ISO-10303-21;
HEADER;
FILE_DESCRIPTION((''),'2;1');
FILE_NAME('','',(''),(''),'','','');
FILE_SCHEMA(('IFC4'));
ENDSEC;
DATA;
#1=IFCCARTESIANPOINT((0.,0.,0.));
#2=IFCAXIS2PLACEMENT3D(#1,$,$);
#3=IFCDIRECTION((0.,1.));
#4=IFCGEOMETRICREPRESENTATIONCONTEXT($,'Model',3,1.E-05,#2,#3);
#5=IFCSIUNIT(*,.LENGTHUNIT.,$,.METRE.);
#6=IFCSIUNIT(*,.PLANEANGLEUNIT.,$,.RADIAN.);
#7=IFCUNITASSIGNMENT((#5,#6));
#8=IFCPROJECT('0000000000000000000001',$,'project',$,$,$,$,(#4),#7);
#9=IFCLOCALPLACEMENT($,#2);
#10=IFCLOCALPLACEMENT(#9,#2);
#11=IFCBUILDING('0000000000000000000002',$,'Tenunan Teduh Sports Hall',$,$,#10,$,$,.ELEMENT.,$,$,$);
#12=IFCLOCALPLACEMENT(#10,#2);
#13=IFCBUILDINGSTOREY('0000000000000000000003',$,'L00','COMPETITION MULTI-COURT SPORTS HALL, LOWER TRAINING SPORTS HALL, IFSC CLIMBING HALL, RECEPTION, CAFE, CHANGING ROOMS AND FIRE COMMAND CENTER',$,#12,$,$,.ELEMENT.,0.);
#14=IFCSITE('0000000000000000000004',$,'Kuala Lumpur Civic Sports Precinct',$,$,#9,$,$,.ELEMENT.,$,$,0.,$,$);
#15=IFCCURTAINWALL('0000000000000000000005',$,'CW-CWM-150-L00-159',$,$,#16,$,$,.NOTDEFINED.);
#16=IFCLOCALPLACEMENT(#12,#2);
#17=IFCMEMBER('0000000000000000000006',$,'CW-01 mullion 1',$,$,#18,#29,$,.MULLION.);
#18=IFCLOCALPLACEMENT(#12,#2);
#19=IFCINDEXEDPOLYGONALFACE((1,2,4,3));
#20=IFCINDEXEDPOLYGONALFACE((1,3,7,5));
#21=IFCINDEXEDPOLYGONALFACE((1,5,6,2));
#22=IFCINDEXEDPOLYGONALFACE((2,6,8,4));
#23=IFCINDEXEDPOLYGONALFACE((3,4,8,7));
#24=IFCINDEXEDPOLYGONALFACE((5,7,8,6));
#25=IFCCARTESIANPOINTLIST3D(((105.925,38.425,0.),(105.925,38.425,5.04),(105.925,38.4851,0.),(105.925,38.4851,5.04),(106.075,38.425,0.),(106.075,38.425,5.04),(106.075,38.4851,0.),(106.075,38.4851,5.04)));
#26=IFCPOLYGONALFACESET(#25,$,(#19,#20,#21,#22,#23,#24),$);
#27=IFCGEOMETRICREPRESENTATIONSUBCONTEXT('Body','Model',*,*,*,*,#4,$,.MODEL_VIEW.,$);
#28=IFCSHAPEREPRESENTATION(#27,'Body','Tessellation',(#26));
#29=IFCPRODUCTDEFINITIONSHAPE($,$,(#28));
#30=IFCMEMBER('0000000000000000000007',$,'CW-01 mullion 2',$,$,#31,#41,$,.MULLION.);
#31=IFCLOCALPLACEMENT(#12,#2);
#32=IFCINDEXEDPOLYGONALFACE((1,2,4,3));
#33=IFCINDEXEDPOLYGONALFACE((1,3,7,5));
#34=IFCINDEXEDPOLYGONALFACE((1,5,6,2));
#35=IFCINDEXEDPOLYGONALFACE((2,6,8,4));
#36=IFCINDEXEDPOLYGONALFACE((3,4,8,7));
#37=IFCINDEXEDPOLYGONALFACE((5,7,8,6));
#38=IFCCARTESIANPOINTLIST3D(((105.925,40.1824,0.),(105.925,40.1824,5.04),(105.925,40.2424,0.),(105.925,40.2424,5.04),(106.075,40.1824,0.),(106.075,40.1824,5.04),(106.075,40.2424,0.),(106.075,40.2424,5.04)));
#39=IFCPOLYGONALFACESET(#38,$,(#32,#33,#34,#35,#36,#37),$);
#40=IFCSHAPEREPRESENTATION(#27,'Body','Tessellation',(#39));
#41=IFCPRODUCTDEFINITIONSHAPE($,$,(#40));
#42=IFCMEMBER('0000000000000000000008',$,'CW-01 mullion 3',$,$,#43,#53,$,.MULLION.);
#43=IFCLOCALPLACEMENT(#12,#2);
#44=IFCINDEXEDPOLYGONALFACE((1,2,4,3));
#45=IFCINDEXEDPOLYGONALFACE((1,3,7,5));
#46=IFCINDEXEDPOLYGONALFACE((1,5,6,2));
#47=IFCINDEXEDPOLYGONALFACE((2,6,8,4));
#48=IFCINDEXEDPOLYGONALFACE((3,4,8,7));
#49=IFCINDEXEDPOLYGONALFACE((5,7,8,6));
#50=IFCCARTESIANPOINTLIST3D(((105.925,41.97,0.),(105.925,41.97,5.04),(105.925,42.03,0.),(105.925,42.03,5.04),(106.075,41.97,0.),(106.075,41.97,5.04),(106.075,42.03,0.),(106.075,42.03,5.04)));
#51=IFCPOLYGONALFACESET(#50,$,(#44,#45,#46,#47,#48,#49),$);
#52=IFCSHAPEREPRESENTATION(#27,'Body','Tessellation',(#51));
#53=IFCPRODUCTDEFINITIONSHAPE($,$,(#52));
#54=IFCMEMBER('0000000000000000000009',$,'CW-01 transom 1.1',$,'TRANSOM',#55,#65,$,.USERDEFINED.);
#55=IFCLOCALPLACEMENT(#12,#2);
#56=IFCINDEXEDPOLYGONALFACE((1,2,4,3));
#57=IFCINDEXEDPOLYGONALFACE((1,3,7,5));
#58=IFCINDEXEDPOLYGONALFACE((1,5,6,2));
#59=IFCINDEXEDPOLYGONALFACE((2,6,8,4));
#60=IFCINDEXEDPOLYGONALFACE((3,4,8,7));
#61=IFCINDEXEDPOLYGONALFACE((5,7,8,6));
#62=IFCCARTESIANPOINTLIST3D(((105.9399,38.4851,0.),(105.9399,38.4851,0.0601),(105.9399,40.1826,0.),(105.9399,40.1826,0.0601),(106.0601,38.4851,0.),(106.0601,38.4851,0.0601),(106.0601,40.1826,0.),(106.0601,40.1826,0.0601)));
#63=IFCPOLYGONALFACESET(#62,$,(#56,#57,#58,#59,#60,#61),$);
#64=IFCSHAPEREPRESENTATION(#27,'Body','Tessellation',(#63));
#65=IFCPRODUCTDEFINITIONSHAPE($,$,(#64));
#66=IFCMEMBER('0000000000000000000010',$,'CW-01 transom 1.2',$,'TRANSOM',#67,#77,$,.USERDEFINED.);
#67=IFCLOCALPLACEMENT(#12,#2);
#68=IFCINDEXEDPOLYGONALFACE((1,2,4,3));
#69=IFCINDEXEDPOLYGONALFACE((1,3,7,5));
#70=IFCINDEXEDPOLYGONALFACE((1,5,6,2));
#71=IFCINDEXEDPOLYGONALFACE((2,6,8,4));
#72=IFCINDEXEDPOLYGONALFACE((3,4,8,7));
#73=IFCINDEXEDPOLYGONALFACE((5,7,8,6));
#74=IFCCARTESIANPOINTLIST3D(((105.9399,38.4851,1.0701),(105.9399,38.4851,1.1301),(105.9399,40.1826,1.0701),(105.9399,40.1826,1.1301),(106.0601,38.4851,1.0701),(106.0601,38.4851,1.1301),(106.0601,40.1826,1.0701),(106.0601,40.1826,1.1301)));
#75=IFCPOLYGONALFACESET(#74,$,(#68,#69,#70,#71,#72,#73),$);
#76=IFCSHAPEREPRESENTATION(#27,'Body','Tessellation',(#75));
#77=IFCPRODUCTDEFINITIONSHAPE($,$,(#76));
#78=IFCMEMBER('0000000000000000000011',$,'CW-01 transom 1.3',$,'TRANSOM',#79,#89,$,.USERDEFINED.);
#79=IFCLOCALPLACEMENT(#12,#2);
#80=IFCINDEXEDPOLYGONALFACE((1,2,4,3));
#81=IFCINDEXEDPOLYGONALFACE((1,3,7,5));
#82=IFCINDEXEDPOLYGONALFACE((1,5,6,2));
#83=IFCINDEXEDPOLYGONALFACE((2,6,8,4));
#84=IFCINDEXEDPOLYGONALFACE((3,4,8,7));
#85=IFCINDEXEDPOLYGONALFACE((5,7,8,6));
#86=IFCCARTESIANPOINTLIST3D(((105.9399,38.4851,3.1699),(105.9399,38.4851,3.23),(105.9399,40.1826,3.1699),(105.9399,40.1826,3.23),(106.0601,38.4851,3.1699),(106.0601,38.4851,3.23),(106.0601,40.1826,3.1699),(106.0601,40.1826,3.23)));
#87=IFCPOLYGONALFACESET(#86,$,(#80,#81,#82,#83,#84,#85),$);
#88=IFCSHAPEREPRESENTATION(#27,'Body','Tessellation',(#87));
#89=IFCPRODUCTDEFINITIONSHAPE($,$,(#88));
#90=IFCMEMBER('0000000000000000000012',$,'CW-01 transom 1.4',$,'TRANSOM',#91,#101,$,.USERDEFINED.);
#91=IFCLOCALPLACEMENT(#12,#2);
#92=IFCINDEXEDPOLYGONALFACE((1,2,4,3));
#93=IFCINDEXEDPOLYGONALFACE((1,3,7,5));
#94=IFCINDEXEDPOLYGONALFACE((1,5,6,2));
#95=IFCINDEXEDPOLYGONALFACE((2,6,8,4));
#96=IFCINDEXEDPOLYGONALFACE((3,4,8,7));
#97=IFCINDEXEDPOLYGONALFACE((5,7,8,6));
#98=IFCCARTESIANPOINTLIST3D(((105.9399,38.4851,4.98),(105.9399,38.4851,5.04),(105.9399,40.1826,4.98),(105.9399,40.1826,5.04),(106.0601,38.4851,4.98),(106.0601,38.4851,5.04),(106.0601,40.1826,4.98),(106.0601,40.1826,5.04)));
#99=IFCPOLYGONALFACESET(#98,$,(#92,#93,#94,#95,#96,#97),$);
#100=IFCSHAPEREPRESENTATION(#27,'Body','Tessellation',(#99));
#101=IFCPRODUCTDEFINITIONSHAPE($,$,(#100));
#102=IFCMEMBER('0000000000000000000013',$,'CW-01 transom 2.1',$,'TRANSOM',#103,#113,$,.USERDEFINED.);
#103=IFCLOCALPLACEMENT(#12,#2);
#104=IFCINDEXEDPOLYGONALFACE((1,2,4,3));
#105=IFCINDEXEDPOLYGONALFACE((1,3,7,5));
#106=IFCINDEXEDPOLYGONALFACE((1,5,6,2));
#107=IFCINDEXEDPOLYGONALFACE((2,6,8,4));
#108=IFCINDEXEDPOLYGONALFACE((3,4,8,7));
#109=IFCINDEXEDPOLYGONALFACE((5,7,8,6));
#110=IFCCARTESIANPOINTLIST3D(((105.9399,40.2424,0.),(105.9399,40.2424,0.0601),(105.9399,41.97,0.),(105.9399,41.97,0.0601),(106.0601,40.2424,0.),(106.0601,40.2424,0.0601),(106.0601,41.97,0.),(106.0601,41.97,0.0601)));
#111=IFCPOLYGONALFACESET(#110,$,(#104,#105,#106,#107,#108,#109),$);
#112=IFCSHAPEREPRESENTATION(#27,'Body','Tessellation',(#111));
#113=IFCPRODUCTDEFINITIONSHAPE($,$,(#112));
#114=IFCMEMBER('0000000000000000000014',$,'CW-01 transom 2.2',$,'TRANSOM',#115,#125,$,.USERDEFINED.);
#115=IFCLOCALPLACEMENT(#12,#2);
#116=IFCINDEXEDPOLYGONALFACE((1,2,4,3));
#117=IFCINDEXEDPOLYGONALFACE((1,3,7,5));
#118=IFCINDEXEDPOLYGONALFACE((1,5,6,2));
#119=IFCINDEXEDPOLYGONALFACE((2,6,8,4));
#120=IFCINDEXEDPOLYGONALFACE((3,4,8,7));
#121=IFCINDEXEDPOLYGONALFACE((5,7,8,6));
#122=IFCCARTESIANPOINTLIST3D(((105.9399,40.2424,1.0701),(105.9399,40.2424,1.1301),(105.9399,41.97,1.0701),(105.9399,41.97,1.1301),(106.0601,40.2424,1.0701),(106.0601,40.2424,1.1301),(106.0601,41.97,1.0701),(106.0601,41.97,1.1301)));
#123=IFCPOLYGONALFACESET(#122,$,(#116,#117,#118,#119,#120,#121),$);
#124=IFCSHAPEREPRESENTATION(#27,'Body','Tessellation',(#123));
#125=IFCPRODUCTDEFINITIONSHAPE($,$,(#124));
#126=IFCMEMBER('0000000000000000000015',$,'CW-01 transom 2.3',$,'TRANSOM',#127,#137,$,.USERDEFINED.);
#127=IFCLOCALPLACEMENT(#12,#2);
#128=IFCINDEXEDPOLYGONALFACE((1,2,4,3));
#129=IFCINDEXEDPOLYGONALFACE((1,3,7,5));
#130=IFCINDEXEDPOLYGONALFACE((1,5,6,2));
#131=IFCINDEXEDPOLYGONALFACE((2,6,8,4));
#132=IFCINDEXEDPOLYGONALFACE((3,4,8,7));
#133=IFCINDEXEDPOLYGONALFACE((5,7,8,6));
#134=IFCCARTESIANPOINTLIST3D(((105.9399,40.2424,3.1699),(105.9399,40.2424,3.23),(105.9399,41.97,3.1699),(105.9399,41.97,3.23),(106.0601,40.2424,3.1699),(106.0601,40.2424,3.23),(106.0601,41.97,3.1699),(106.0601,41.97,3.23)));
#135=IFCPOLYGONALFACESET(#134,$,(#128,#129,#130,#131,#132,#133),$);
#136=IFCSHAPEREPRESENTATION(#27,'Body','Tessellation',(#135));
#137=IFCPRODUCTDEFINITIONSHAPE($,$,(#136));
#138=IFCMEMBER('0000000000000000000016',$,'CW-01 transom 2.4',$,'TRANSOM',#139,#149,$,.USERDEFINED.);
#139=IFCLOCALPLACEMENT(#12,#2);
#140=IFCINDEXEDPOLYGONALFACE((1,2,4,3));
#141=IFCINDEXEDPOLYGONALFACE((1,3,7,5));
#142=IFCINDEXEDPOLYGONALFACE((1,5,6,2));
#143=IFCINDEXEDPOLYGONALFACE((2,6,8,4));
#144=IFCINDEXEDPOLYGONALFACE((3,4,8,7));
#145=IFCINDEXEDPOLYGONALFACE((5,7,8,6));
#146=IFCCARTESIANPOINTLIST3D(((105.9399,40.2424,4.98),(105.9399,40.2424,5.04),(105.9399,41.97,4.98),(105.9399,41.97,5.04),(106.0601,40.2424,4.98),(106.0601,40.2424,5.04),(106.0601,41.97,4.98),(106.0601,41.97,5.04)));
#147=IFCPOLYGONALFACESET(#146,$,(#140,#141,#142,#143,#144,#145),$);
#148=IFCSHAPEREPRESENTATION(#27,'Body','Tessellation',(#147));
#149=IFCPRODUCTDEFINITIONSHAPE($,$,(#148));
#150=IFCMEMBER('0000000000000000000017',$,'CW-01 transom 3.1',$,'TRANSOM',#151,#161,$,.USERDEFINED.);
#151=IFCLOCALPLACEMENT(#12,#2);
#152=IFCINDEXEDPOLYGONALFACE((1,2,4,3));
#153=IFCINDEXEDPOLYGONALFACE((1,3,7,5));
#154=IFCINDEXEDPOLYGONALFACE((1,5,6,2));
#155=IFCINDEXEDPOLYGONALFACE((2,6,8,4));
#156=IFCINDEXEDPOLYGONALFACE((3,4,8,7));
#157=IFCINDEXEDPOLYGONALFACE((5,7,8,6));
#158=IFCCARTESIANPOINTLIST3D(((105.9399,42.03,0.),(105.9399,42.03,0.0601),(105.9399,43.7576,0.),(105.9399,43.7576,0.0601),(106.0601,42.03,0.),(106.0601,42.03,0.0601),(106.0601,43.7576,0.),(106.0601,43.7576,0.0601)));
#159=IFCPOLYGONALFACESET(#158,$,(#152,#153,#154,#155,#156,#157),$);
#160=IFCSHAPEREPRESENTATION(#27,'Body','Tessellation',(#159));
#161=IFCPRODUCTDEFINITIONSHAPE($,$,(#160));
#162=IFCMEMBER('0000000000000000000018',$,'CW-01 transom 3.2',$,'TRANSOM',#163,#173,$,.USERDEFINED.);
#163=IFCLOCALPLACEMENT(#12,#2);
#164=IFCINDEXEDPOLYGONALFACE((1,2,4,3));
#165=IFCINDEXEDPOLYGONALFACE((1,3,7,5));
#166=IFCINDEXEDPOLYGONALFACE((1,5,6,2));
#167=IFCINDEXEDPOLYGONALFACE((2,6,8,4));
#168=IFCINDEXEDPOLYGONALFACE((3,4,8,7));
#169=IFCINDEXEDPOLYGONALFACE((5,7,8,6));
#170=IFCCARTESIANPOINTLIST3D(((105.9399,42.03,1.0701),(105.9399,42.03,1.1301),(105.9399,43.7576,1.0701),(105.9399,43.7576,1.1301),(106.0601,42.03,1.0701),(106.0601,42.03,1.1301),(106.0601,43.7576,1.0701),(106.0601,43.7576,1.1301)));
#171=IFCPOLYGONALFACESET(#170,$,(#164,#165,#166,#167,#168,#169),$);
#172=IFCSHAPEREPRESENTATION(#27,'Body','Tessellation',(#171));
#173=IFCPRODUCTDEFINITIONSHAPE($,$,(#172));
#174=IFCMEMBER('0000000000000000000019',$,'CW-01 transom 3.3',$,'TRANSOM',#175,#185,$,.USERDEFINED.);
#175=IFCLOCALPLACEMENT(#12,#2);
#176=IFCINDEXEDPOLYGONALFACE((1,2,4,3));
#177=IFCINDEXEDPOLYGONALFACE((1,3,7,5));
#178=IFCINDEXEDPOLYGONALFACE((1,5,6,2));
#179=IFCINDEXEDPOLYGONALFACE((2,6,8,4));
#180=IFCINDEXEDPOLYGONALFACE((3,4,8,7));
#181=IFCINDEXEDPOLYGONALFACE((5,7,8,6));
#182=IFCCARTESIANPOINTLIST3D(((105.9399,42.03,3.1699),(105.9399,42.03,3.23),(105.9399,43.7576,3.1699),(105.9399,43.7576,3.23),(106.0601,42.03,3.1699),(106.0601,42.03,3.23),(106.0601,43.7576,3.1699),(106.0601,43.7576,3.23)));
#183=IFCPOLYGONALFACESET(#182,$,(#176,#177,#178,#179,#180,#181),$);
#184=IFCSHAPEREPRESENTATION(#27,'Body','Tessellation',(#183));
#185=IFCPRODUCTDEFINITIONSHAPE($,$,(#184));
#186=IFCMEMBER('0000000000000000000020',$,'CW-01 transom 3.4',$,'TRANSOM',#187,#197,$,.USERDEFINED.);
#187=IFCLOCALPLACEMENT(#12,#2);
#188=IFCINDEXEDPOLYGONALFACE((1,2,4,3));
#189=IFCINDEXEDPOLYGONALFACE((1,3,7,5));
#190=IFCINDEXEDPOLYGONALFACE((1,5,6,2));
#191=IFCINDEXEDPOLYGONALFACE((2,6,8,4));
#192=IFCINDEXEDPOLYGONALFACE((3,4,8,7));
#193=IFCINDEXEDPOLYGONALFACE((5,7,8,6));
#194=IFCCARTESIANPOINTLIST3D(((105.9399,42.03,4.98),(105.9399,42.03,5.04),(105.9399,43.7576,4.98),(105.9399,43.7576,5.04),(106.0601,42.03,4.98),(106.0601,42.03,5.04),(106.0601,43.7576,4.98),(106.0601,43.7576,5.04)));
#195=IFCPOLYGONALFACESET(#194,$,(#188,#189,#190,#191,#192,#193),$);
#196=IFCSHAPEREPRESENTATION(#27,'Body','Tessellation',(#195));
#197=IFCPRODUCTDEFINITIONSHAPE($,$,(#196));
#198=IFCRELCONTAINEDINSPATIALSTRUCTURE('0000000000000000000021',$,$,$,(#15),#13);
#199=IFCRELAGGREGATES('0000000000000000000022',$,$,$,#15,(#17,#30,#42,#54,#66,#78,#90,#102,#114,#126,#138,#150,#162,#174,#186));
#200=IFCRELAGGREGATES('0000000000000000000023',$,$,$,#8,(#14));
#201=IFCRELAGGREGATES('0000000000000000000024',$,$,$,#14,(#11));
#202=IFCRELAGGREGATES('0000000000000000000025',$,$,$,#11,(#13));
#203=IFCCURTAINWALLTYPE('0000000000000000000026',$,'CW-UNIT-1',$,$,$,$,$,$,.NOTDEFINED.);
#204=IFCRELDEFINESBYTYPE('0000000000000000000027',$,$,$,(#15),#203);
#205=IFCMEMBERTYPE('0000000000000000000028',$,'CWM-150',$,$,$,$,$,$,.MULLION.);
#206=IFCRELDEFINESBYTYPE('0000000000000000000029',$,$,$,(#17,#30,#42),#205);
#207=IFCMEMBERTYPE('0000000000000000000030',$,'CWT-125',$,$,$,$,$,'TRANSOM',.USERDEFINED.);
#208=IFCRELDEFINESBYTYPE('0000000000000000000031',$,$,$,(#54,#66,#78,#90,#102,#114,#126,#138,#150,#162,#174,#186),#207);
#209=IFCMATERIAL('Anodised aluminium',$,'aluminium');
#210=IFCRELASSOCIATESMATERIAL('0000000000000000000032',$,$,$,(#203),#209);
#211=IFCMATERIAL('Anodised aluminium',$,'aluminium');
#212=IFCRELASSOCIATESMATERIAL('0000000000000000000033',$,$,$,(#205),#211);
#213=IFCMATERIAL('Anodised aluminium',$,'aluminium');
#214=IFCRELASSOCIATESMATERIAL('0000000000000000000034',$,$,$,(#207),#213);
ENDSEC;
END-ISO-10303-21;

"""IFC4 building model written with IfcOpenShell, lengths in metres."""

from ifc_helpers import new_model, si_unit, direction, frame, origin, origin_2d, place, context, subcontext, project, spatial, rectangle, extrude, material, material_profile, profile_set, type_object, element, aggregate, save


model = new_model("IFC4")

# Units and contexts
model_context = context("Model", 3, precision=1e-05, world=origin(), true_north=direction((0.0, 1.0)))
body_context = subcontext(model_context, "Body", "Model", "MODEL_VIEW")
ifc_project = project(units=[si_unit("LENGTHUNIT", "METRE"), si_unit("PLANEANGLEUNIT", "RADIAN")], contexts=[model_context])

# Site, building, storey
site_placement = place(None, origin())
site = spatial("IfcSite", under=ifc_project, at=site_placement, Name="Kuala Lumpur Civic Sports Precinct", CompositionType="ELEMENT", RefElevation=0.0)
building_placement = place(site_placement, origin())
building = spatial("IfcBuilding", under=site, at=building_placement, Name="Tenunan Teduh Sports Hall", CompositionType="ELEMENT")
storey_placement = place(building_placement, origin())
storey = spatial("IfcBuildingStorey", under=building, at=storey_placement, Name="L00", Description="COMPETITION MULTI-COURT SPORTS HALL, LOWER TRAINING SPORTS HALL, IFSC CLIMBING HALL, RECEPTION, CAFE, CHANGING ROOMS AND FIRE COMMAND CENTER", CompositionType="ELEMENT", Elevation=0.0)

# Curtain wall, members
ifc_material_1 = material(Name="Anodised aluminium", Category="aluminium")
curtain_wall_type = type_object("IfcCurtainWallType", Name="CW-UNIT-1", PredefinedType="NOTDEFINED", material=ifc_material_1)
curtain_wall_placement = place(storey_placement, origin())
curtain_wall = element("IfcCurtainWall", 1, at=curtain_wall_placement, inside=storey, type_object=curtain_wall_type, Name="CW-CWM-150-L00-159", PredefinedType="NOTDEFINED")
ifc_material_2 = material(Name="Anodised aluminium", Category="aluminium")
ifc_material_profile_1 = material_profile(ifc_material_2, rectangle(XDim=0.0601, YDim=0.1499, at=origin_2d()), Name="CWM 60x150")
ifc_profile_set_1 = profile_set([ifc_material_profile_1], Name="Anodised aluminium")
member_type_1 = type_object("IfcMemberType", Name="CWM-150", PredefinedType="MULLION", material=ifc_profile_set_1)
member_1_placement = place(storey_placement, frame((106.0, 38.4551, 0.0), z_axis=(0.0, 0.0, 1.0), x_axis=(0.0, 1.0, 0.0)))
member_1 = element("IfcMember", 2, at=member_1_placement, type_object=member_type_1, Name="CW-01 mullion 1", PredefinedType="MULLION", context=body_context, shape_type="SweptSolid", body=[
    extrude(rectangle(XDim=0.0601, YDim=0.1499, at=origin_2d()), origin(), (0.0, 0.0, 1.0), 5.04),
])
member_2_placement = place(storey_placement, frame((106.0, 40.2124, 0.0), z_axis=(0.0, 0.0, 1.0), x_axis=(0.0, 1.0, 0.0)))
member_2 = element("IfcMember", 3, at=member_2_placement, type_object=member_type_1, Name="CW-01 mullion 2", PredefinedType="MULLION", context=body_context, shape_type="SweptSolid", body=[
    extrude(rectangle(XDim=0.0601, YDim=0.1499, at=origin_2d()), origin(), (0.0, 0.0, 1.0), 5.04),
])
member_3_placement = place(storey_placement, frame((106.0, 42.0, 0.0), z_axis=(0.0, 0.0, 1.0), x_axis=(0.0, 1.0, 0.0)))
member_3 = element("IfcMember", 4, at=member_3_placement, type_object=member_type_1, Name="CW-01 mullion 3", PredefinedType="MULLION", context=body_context, shape_type="SweptSolid", body=[
    extrude(rectangle(XDim=0.0601, YDim=0.1499, at=origin_2d()), origin(), (0.0, 0.0, 1.0), 5.04),
])
ifc_material_3 = material(Name="Anodised aluminium", Category="aluminium")
ifc_material_profile_2 = material_profile(ifc_material_3, rectangle(XDim=0.0601, YDim=0.1201, at=origin_2d()), Name="CWT 60x120")
ifc_profile_set_2 = profile_set([ifc_material_profile_2], Name="Anodised aluminium")
member_type_2 = type_object("IfcMemberType", Name="CWT-125", ElementType="TRANSOM", PredefinedType="USERDEFINED", material=ifc_profile_set_2)
member_4_placement = place(storey_placement, frame((106.0, 38.4851, 0.03), z_axis=(0.0, 1.0, 0.0), x_axis=(0.0, 0.0, 1.0)))
member_4 = element("IfcMember", 5, at=member_4_placement, type_object=member_type_2, Name="CW-01 transom 1.1", ObjectType="TRANSOM", PredefinedType="USERDEFINED", context=body_context, shape_type="SweptSolid", body=[
    extrude(rectangle(XDim=0.0601, YDim=0.1201, at=origin_2d()), origin(), (0.0, 0.0, 1.0), 1.6975),
])
member_5_placement = place(storey_placement, frame((106.0, 38.4851, 1.1001), z_axis=(0.0, 1.0, 0.0), x_axis=(0.0, 0.0, 1.0)))
member_5 = element("IfcMember", 6, at=member_5_placement, type_object=member_type_2, Name="CW-01 transom 1.2", ObjectType="TRANSOM", PredefinedType="USERDEFINED", context=body_context, shape_type="SweptSolid", body=[
    extrude(rectangle(XDim=0.0601, YDim=0.1201, at=origin_2d()), origin(), (0.0, 0.0, 1.0), 1.6975),
])
member_6_placement = place(storey_placement, frame((106.0, 38.4851, 3.2), z_axis=(0.0, 1.0, 0.0), x_axis=(0.0, 0.0, 1.0)))
member_6 = element("IfcMember", 7, at=member_6_placement, type_object=member_type_2, Name="CW-01 transom 1.3", ObjectType="TRANSOM", PredefinedType="USERDEFINED", context=body_context, shape_type="SweptSolid", body=[
    extrude(rectangle(XDim=0.0601, YDim=0.1201, at=origin_2d()), origin(), (0.0, 0.0, 1.0), 1.6975),
])
member_7_placement = place(storey_placement, frame((106.0, 38.4851, 5.01), z_axis=(0.0, 1.0, 0.0), x_axis=(0.0, 0.0, 1.0)))
member_7 = element("IfcMember", 8, at=member_7_placement, type_object=member_type_2, Name="CW-01 transom 1.4", ObjectType="TRANSOM", PredefinedType="USERDEFINED", context=body_context, shape_type="SweptSolid", body=[
    extrude(rectangle(XDim=0.0601, YDim=0.1201, at=origin_2d()), origin(), (0.0, 0.0, 1.0), 1.6975),
])
member_8_placement = place(storey_placement, frame((106.0, 40.2424, 0.03), z_axis=(0.0, 1.0, 0.0), x_axis=(0.0, 0.0, 1.0)))
member_8 = element("IfcMember", 9, at=member_8_placement, type_object=member_type_2, Name="CW-01 transom 2.1", ObjectType="TRANSOM", PredefinedType="USERDEFINED", context=body_context, shape_type="SweptSolid", body=[
    extrude(rectangle(XDim=0.0601, YDim=0.1201, at=origin_2d()), origin(), (0.0, 0.0, 1.0), 1.7275),
])
member_9_placement = place(storey_placement, frame((106.0, 40.2424, 1.1001), z_axis=(0.0, 1.0, 0.0), x_axis=(0.0, 0.0, 1.0)))
member_9 = element("IfcMember", 10, at=member_9_placement, type_object=member_type_2, Name="CW-01 transom 2.2", ObjectType="TRANSOM", PredefinedType="USERDEFINED", context=body_context, shape_type="SweptSolid", body=[
    extrude(rectangle(XDim=0.0601, YDim=0.1201, at=origin_2d()), origin(), (0.0, 0.0, 1.0), 1.7275),
])
member_10_placement = place(storey_placement, frame((106.0, 40.2424, 3.2), z_axis=(0.0, 1.0, 0.0), x_axis=(0.0, 0.0, 1.0)))
member_10 = element("IfcMember", 11, at=member_10_placement, type_object=member_type_2, Name="CW-01 transom 2.3", ObjectType="TRANSOM", PredefinedType="USERDEFINED", context=body_context, shape_type="SweptSolid", body=[
    extrude(rectangle(XDim=0.0601, YDim=0.1201, at=origin_2d()), origin(), (0.0, 0.0, 1.0), 1.7275),
])
member_11_placement = place(storey_placement, frame((106.0, 40.2424, 5.01), z_axis=(0.0, 1.0, 0.0), x_axis=(0.0, 0.0, 1.0)))
member_11 = element("IfcMember", 12, at=member_11_placement, type_object=member_type_2, Name="CW-01 transom 2.4", ObjectType="TRANSOM", PredefinedType="USERDEFINED", context=body_context, shape_type="SweptSolid", body=[
    extrude(rectangle(XDim=0.0601, YDim=0.1201, at=origin_2d()), origin(), (0.0, 0.0, 1.0), 1.7275),
])
member_12_placement = place(storey_placement, frame((106.0, 42.03, 0.03), z_axis=(0.0, 1.0, 0.0), x_axis=(0.0, 0.0, 1.0)))
member_12 = element("IfcMember", 13, at=member_12_placement, type_object=member_type_2, Name="CW-01 transom 3.1", ObjectType="TRANSOM", PredefinedType="USERDEFINED", context=body_context, shape_type="SweptSolid", body=[
    extrude(rectangle(XDim=0.0601, YDim=0.1201, at=origin_2d()), origin(), (0.0, 0.0, 1.0), 1.7275),
])
member_13_placement = place(storey_placement, frame((106.0, 42.03, 1.1001), z_axis=(0.0, 1.0, 0.0), x_axis=(0.0, 0.0, 1.0)))
member_13 = element("IfcMember", 14, at=member_13_placement, type_object=member_type_2, Name="CW-01 transom 3.2", ObjectType="TRANSOM", PredefinedType="USERDEFINED", context=body_context, shape_type="SweptSolid", body=[
    extrude(rectangle(XDim=0.0601, YDim=0.1201, at=origin_2d()), origin(), (0.0, 0.0, 1.0), 1.7275),
])
member_14_placement = place(storey_placement, frame((106.0, 42.03, 3.2), z_axis=(0.0, 1.0, 0.0), x_axis=(0.0, 0.0, 1.0)))
member_14 = element("IfcMember", 15, at=member_14_placement, type_object=member_type_2, Name="CW-01 transom 3.3", ObjectType="TRANSOM", PredefinedType="USERDEFINED", context=body_context, shape_type="SweptSolid", body=[
    extrude(rectangle(XDim=0.0601, YDim=0.1201, at=origin_2d()), origin(), (0.0, 0.0, 1.0), 1.7275),
])
member_15_placement = place(storey_placement, frame((106.0, 42.03, 5.01), z_axis=(0.0, 1.0, 0.0), x_axis=(0.0, 0.0, 1.0)))
member_15 = element("IfcMember", 16, at=member_15_placement, type_object=member_type_2, Name="CW-01 transom 3.4", ObjectType="TRANSOM", PredefinedType="USERDEFINED", context=body_context, shape_type="SweptSolid", body=[
    extrude(rectangle(XDim=0.0601, YDim=0.1201, at=origin_2d()), origin(), (0.0, 0.0, 1.0), 1.7275),
])

aggregate(curtain_wall, [member_1, member_2, member_3, member_4, member_5, member_6, member_7, member_8, member_9, member_10, member_11, member_12, member_13, member_14, member_15])

save(model, "model.ifc")
